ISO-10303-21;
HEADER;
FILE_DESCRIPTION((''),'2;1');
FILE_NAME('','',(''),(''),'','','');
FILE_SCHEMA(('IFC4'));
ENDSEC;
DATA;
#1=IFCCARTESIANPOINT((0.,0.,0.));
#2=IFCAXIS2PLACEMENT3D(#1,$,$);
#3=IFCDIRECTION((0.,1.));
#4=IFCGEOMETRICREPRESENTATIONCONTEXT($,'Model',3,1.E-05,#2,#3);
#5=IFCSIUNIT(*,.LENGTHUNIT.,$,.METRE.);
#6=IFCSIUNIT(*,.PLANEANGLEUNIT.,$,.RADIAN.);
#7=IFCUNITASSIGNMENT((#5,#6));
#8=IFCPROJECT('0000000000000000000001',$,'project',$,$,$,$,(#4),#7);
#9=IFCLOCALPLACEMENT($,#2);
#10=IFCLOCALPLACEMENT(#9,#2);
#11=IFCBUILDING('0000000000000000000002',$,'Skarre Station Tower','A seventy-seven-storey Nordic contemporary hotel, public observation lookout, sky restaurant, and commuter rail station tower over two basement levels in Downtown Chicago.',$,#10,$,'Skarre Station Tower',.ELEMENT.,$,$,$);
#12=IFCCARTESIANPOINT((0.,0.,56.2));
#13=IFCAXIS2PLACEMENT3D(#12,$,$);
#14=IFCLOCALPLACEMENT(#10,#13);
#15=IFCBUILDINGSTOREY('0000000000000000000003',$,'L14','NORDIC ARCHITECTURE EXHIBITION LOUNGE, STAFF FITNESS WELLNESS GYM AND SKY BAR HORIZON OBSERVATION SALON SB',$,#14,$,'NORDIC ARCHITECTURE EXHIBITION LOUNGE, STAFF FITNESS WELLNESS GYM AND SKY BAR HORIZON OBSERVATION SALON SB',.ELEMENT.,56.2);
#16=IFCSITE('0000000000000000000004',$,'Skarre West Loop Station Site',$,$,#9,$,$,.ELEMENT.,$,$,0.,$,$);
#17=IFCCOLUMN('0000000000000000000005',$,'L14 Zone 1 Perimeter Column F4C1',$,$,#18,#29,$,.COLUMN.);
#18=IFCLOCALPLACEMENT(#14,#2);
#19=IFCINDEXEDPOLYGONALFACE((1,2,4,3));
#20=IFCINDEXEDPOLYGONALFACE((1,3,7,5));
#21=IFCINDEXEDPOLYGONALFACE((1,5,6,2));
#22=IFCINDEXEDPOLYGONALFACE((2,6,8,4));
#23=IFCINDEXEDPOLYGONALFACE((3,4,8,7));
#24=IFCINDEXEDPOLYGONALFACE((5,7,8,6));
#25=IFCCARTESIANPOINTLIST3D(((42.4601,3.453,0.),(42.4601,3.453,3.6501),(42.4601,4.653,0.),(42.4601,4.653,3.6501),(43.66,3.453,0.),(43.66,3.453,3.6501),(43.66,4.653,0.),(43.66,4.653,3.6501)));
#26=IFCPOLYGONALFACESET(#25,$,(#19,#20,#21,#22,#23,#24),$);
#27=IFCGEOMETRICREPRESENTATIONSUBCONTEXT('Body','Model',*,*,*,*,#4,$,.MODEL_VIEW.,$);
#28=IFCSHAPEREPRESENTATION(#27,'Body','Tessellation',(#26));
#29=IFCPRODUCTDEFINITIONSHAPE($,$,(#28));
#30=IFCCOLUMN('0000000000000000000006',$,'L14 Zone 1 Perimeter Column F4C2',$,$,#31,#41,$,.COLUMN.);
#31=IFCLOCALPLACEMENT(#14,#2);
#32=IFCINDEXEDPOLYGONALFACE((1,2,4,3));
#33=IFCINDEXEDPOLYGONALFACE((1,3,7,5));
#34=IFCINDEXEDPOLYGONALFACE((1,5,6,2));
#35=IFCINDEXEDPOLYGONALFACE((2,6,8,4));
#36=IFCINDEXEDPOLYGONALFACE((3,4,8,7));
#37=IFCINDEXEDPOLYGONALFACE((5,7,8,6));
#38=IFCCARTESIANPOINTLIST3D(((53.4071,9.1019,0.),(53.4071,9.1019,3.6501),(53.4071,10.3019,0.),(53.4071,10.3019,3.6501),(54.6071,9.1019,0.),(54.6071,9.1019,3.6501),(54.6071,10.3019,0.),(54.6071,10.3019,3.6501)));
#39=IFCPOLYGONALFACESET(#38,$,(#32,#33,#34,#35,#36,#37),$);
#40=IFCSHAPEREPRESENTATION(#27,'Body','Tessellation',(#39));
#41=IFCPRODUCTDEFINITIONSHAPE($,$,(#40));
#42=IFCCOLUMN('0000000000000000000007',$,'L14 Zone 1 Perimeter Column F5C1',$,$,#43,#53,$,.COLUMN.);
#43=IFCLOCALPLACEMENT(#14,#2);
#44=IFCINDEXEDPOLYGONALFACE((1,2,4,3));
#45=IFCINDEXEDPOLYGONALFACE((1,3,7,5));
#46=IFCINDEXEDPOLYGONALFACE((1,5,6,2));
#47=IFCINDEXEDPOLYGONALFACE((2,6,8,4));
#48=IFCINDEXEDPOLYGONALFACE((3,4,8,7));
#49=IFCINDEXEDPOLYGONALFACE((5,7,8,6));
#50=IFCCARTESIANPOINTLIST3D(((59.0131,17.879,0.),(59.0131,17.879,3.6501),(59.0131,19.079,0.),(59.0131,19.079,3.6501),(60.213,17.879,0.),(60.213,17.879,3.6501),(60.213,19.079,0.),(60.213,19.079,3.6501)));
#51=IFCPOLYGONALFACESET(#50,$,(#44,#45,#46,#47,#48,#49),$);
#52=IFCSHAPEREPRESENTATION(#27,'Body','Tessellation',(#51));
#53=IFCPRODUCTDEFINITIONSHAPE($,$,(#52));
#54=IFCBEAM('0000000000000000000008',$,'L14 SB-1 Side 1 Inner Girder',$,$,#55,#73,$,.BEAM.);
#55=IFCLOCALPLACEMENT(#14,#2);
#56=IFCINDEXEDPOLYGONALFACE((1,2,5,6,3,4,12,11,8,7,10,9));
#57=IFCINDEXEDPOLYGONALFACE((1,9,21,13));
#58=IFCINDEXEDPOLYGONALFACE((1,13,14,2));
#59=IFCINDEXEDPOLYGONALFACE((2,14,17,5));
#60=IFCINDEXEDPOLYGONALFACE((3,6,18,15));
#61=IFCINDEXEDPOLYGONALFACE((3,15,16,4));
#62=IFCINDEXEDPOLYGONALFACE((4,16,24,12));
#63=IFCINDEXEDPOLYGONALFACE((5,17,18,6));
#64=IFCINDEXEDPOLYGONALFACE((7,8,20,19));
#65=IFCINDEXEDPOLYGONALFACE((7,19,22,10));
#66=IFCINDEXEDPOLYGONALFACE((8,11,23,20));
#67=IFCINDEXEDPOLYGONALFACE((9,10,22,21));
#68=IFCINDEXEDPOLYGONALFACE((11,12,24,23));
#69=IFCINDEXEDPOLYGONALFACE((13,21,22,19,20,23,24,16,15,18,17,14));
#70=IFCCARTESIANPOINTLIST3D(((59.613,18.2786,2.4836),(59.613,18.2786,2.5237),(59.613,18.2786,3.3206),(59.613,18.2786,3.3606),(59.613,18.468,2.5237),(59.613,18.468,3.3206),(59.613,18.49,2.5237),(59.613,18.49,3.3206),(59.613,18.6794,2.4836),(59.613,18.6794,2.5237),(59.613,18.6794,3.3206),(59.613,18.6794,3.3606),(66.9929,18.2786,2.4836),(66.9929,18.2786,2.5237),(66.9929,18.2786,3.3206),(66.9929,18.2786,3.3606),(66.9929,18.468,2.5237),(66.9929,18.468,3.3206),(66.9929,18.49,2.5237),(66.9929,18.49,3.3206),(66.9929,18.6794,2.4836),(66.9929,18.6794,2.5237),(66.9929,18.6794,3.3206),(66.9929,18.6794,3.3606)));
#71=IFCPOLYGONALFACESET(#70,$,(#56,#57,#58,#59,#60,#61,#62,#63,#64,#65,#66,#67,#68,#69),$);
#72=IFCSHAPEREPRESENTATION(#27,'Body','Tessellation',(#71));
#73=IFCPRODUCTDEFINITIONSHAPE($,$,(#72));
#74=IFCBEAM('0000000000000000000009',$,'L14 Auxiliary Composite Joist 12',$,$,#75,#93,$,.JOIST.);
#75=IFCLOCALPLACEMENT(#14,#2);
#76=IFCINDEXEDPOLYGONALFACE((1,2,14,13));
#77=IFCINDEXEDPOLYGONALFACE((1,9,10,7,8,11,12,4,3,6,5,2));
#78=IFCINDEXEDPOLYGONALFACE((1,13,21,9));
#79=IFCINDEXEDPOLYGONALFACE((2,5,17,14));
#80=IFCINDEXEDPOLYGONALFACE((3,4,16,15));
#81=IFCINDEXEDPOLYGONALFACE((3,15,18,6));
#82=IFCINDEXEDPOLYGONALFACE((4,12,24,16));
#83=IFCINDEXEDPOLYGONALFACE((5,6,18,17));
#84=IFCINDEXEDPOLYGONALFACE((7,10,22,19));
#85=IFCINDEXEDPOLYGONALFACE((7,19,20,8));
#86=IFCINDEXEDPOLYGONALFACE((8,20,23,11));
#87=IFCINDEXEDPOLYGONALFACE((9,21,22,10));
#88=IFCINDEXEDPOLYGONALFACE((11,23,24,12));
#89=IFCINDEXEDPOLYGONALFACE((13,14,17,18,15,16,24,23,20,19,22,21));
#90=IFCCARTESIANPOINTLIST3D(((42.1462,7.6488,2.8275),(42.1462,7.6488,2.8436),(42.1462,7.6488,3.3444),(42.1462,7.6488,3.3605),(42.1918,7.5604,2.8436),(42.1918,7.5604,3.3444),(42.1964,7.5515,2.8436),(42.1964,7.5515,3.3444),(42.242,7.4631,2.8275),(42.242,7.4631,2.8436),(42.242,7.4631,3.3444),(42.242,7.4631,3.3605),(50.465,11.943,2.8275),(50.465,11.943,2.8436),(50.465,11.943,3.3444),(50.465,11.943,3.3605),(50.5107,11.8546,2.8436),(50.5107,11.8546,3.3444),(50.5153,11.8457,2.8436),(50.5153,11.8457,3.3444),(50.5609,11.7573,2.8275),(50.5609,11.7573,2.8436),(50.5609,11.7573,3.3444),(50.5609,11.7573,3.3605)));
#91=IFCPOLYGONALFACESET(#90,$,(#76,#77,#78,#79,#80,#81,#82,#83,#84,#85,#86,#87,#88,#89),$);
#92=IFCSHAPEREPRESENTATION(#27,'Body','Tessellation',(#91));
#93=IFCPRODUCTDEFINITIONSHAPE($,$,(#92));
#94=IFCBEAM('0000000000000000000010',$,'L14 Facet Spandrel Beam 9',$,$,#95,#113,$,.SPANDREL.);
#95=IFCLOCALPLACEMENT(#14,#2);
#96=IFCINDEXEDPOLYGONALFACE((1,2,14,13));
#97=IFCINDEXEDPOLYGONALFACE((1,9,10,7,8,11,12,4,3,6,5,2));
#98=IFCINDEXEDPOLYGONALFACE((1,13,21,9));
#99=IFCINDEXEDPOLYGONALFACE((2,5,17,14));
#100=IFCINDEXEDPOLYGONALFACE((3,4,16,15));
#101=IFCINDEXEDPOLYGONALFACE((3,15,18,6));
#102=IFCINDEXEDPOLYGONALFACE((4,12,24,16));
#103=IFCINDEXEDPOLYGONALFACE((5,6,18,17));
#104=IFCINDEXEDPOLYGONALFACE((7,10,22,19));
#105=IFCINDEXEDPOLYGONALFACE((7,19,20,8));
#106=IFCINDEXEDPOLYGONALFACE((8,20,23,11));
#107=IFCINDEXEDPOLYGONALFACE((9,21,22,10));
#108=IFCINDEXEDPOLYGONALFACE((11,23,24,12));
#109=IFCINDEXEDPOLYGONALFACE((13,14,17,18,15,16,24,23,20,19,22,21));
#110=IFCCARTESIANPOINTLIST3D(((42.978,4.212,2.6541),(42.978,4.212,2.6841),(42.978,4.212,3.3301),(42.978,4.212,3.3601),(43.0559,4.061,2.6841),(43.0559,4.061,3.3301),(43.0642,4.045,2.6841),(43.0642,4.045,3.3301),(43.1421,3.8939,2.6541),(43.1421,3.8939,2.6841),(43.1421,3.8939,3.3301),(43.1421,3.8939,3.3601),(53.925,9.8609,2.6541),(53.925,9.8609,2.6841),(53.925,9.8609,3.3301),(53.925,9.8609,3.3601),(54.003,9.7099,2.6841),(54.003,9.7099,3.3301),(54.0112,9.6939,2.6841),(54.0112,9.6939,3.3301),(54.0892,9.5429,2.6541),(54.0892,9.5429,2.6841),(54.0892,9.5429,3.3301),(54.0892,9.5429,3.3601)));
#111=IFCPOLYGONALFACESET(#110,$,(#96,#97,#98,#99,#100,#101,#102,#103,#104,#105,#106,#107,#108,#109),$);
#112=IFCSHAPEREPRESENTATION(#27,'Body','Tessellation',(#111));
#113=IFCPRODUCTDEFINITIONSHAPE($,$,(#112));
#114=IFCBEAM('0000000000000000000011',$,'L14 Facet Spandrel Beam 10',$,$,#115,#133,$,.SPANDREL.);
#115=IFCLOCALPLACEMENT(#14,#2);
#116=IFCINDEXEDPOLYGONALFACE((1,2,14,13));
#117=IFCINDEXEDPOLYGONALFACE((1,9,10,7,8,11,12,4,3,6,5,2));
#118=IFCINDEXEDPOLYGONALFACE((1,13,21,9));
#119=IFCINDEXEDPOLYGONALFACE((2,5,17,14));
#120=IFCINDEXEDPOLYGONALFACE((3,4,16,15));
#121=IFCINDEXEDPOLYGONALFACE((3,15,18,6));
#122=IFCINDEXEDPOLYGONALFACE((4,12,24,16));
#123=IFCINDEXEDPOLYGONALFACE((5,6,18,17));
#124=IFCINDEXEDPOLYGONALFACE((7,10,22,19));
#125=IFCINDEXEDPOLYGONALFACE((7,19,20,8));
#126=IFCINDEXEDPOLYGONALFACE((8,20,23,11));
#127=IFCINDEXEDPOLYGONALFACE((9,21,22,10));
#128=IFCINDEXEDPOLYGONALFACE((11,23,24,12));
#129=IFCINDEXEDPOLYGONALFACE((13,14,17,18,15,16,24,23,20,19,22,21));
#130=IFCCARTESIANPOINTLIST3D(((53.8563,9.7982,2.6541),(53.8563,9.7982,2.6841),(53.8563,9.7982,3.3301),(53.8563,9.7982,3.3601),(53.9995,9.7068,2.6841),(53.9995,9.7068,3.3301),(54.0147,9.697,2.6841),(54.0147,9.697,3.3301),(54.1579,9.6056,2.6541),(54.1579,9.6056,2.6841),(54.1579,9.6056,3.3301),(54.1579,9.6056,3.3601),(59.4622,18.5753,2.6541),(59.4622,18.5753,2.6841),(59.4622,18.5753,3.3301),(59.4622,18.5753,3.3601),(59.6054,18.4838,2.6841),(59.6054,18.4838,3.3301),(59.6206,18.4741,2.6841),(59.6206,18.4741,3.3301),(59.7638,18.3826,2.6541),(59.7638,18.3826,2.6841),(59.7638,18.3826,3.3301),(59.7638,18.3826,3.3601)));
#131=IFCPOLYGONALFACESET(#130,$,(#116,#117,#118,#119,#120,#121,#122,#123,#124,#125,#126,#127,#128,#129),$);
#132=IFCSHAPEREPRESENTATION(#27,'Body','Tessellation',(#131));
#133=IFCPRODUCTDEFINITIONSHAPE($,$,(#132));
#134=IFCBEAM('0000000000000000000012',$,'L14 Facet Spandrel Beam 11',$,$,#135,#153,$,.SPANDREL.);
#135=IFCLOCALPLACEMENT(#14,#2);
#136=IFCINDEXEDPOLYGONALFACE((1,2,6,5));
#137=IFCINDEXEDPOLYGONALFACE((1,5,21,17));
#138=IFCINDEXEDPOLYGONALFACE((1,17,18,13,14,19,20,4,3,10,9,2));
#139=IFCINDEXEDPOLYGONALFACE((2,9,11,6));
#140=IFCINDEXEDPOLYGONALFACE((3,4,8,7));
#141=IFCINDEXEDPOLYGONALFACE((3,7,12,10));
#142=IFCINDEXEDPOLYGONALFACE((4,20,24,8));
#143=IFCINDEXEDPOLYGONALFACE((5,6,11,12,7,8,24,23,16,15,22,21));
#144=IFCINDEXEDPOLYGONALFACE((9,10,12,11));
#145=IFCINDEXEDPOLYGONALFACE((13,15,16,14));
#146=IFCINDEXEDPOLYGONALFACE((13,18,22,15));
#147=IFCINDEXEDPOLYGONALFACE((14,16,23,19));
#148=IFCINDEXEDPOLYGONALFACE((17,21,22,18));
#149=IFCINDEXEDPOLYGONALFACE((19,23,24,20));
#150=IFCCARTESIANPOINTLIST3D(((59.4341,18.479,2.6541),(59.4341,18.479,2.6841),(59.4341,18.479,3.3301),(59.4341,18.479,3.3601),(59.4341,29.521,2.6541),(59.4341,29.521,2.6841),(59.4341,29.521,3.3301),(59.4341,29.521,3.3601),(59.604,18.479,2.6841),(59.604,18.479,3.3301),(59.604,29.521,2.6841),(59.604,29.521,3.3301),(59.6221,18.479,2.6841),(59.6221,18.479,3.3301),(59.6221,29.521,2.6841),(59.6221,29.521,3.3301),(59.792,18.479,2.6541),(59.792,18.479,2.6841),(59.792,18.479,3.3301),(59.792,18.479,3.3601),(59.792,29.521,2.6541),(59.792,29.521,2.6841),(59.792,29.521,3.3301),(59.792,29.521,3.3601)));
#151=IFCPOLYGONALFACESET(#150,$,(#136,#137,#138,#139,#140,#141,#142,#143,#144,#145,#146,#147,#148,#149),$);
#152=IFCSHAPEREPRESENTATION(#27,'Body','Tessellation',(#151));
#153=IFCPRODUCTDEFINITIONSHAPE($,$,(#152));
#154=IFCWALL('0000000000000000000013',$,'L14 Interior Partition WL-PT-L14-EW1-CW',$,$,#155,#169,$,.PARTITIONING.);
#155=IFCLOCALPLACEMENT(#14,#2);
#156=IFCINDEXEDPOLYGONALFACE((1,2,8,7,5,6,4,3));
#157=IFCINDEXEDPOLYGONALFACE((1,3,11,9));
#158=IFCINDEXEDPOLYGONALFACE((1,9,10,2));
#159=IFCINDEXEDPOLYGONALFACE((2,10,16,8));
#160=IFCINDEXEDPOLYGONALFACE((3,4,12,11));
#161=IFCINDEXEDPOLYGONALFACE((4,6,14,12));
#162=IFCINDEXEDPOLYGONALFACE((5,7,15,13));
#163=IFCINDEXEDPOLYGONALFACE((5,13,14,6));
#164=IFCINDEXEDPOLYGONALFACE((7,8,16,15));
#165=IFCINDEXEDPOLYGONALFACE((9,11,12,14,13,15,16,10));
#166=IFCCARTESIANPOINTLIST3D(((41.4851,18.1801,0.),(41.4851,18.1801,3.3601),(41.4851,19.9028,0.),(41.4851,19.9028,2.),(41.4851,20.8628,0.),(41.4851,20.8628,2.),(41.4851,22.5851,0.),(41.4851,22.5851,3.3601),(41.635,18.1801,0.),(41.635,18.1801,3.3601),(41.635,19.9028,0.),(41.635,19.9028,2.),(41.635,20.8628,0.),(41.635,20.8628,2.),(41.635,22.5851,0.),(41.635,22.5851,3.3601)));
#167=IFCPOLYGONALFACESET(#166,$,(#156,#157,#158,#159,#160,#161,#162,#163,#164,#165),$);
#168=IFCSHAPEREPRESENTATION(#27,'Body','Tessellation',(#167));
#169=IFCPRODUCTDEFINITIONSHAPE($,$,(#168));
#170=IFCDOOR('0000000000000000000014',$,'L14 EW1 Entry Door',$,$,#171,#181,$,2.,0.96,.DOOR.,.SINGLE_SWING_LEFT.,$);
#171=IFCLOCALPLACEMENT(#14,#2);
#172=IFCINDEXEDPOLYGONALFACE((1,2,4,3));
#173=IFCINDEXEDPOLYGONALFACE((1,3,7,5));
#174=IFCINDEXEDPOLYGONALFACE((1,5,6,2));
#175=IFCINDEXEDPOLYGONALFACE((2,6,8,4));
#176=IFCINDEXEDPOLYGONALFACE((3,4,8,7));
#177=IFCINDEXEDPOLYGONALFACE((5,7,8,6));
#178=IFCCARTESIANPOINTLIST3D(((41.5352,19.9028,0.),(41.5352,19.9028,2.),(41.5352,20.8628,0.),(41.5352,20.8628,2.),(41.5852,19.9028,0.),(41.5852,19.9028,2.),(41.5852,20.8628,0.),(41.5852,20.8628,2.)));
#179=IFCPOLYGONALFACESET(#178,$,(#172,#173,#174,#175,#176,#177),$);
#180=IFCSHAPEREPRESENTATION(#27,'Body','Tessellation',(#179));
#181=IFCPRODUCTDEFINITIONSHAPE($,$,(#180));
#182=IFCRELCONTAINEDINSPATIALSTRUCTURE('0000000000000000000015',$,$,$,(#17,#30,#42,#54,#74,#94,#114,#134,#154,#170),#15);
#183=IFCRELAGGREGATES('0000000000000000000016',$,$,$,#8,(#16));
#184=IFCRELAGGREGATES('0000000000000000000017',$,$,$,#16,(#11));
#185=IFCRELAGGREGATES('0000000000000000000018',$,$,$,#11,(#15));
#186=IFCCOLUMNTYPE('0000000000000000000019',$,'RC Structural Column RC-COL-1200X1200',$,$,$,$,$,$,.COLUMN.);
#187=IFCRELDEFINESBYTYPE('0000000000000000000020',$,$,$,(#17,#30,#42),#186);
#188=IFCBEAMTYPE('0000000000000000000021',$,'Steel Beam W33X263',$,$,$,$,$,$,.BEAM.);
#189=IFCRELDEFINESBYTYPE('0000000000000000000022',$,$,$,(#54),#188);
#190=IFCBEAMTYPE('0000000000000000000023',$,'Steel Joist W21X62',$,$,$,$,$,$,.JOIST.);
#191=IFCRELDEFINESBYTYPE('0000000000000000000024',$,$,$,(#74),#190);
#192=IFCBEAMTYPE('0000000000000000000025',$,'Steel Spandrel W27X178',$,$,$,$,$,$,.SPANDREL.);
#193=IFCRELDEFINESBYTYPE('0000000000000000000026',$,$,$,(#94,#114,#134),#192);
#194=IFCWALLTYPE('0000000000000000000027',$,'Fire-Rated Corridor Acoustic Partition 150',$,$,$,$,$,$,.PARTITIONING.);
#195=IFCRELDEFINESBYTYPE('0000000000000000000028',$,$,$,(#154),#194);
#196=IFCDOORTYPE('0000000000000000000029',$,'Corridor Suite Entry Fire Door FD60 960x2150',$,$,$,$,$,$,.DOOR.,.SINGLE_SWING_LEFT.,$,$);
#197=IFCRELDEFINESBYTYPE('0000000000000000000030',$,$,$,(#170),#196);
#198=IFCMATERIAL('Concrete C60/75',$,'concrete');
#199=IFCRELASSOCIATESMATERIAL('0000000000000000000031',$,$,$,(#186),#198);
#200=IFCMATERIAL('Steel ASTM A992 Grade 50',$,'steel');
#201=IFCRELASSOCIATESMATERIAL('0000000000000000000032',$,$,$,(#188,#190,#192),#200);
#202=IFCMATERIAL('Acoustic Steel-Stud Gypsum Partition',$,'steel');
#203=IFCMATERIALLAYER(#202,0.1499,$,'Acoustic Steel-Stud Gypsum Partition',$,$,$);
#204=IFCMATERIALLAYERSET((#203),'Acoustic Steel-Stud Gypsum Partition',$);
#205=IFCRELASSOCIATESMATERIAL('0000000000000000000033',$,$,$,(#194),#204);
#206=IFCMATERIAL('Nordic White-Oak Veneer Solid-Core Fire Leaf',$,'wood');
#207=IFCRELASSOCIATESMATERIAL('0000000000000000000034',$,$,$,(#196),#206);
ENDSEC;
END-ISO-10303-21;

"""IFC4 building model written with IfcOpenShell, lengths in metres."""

from ifc_helpers import new_model, si_unit, direction, frame, frame_2d, origin, origin_2d, place, context, subcontext, project, spatial, rectangle, i_section, extrude, material, layer, layer_set, material_profile, profile_set, type_object, element, fill, save


model = new_model("IFC4")

# Units and contexts
model_context = context("Model", 3, precision=1e-05, world=origin(), true_north=direction((0.0, 1.0)))
body_context = subcontext(model_context, "Body", "Model", "MODEL_VIEW")
ifc_project = project(units=[si_unit("LENGTHUNIT", "METRE"), si_unit("PLANEANGLEUNIT", "RADIAN")], contexts=[model_context])

# Site, building, storey
site_placement = place(None, origin())
site = spatial("IfcSite", under=ifc_project, at=site_placement, Name="Skarre West Loop Station Site", CompositionType="ELEMENT", RefElevation=0.0)
building_placement = place(site_placement, origin())
building = spatial("IfcBuilding", under=site, at=building_placement, Name="Skarre Station Tower", Description="A seventy-seven-storey Nordic contemporary hotel, public observation lookout, sky restaurant, and commuter rail station tower over two basement levels in Downtown Chicago.", LongName="Skarre Station Tower", CompositionType="ELEMENT")
storey_placement = place(building_placement, frame((0.0, 0.0, 56.2)))
storey = spatial("IfcBuildingStorey", under=building, at=storey_placement, Name="L14", Description="NORDIC ARCHITECTURE EXHIBITION LOUNGE, STAFF FITNESS WELLNESS GYM AND SKY BAR HORIZON OBSERVATION SALON SB", LongName="NORDIC ARCHITECTURE EXHIBITION LOUNGE, STAFF FITNESS WELLNESS GYM AND SKY BAR HORIZON OBSERVATION SALON SB", CompositionType="ELEMENT", Elevation=56.2)

# Columns
ifc_material_1 = material(Name="Concrete C60/75", Category="concrete")
ifc_material_profile_1 = material_profile(ifc_material_1, rectangle(XDim=1.2, YDim=1.2, at=origin_2d()), Name="Concrete C60/75")
ifc_profile_set_1 = profile_set([ifc_material_profile_1], Name="Concrete C60/75")
column_type = type_object("IfcColumnType", Name="RC Structural Column RC-COL-1200X1200", PredefinedType="COLUMN", material=ifc_profile_set_1)
for number, where, z_axis, x_axis, name in (
    (1, (43.0601, 4.053, 0.0), (0.0, 0.0, 1.0), (1.0, 0.0, 0.0), "L14 Zone 1 Perimeter Column F4C1"),
    (2, (54.0071, 9.7019, 0.0), (0.0, 0.0, 1.0), (1.0, 0.0, 0.0), "L14 Zone 1 Perimeter Column F4C2"),
    (3, (59.613, 18.479, 0.0), (0.0, 0.0, 1.0), (1.0, 0.0, 0.0), "L14 Zone 1 Perimeter Column F5C1"),
):
    element("IfcColumn", number, at=place(storey_placement, frame(where, z_axis=z_axis, x_axis=x_axis)), inside=storey, type_object=column_type, Name=name, PredefinedType="COLUMN", context=body_context, shape_type="SweptSolid", body=[
        extrude(rectangle(XDim=1.2, YDim=1.2, at=origin_2d()), origin(), (0.0, 0.0, 1.0), 3.6501),
    ])

# Beams
ifc_material_2 = material(Name="Steel ASTM A992 Grade 50", Category="steel")
ifc_material_profile_2 = material_profile(ifc_material_2, i_section(OverallWidth=0.4009, OverallDepth=0.877, WebThickness=0.022, FlangeThickness=0.04, at=origin_2d()), Name="Steel ASTM A992 Grade 50")
ifc_profile_set_2 = profile_set([ifc_material_profile_2], Name="Steel ASTM A992 Grade 50")
beam_type_1 = type_object("IfcBeamType", Name="Steel Beam W33X263", PredefinedType="BEAM", material=ifc_profile_set_2)
beam_1_placement = place(storey_placement, frame((59.613, 18.479, 2.9221), z_axis=(1.0, 0.0, 0.0), x_axis=(0.0, 1.0, 0.0)))
element("IfcBeam", 4, at=beam_1_placement, inside=storey, type_object=beam_type_1, Name="L14 SB-1 Side 1 Inner Girder", PredefinedType="BEAM", context=body_context, shape_type="SweptSolid", body=[
    extrude(i_section(OverallWidth=0.4009, OverallDepth=0.877, WebThickness=0.022, FlangeThickness=0.04, at=origin_2d()), origin(), (0.0, 0.0, 1.0), 7.3799),
])
ifc_material_profile_3 = material_profile(ifc_material_2, i_section(OverallWidth=0.209, OverallDepth=0.533, WebThickness=0.01, FlangeThickness=0.0161, at=origin_2d()), Name="Steel ASTM A992 Grade 50")
ifc_profile_set_3 = profile_set([ifc_material_profile_3], Name="Steel ASTM A992 Grade 50")
beam_type_2 = type_object("IfcBeamType", Name="Steel Joist W21X62", PredefinedType="JOIST", material=ifc_profile_set_3)
beam_2_placement = place(storey_placement, frame((42.1941, 7.5559, 3.094), z_axis=(0.888595, 0.458693, 0.0), x_axis=(-0.458693, 0.888595, 0.0)))
element("IfcBeam", 5, at=beam_2_placement, inside=storey, type_object=beam_type_2, Name="L14 Auxiliary Composite Joist 12", PredefinedType="JOIST", context=body_context, shape_type="SweptSolid", body=[
    extrude(i_section(OverallWidth=0.209, OverallDepth=0.533, WebThickness=0.01, FlangeThickness=0.0161, at=origin_2d()), origin(), (0.0, 0.0, 1.0), 9.3618),
])
ifc_material_profile_4 = material_profile(ifc_material_2, i_section(OverallWidth=0.3579, OverallDepth=0.7061, WebThickness=0.0181, FlangeThickness=0.03, at=origin_2d()), Name="Steel ASTM A992 Grade 50")
ifc_profile_set_4 = profile_set([ifc_material_profile_4], Name="Steel ASTM A992 Grade 50")
beam_type_3 = type_object("IfcBeamType", Name="Steel Spandrel W27X178", PredefinedType="SPANDREL", material=ifc_profile_set_4)
beam_3_placement = place(storey_placement, frame((43.0601, 4.053, 3.0071), z_axis=(0.888659, 0.458569, 0.0), x_axis=(-0.458569, 0.888659, 0.0)))
element("IfcBeam", 6, at=beam_3_placement, inside=storey, type_object=beam_type_3, Name="L14 Facet Spandrel Beam 9", PredefinedType="SPANDREL", context=body_context, shape_type="SweptSolid", body=[
    extrude(i_section(OverallWidth=0.3579, OverallDepth=0.7061, WebThickness=0.0181, FlangeThickness=0.03, at=origin_2d()), origin(), (0.0, 0.0, 1.0), 12.3186),
])
beam_4_placement = place(storey_placement, frame((54.0071, 9.7019, 3.0071), z_axis=(0.538278, 0.842767, 0.0), x_axis=(-0.842767, 0.538278, 0.0)))
element("IfcBeam", 7, at=beam_4_placement, inside=storey, type_object=beam_type_3, Name="L14 Facet Spandrel Beam 10", PredefinedType="SPANDREL", context=body_context, shape_type="SweptSolid", body=[
    extrude(i_section(OverallWidth=0.3579, OverallDepth=0.7061, WebThickness=0.0181, FlangeThickness=0.03, at=origin_2d()), origin(), (0.0, 0.0, 1.0), 10.4146),
])
beam_5_placement = place(storey_placement, frame((59.613, 18.479, 3.0071), z_axis=(0.0, 1.0, 0.0), x_axis=(-1.0, 0.0, 0.0)))
element("IfcBeam", 8, at=beam_5_placement, inside=storey, type_object=beam_type_3, Name="L14 Facet Spandrel Beam 11", PredefinedType="SPANDREL", context=body_context, shape_type="SweptSolid", body=[
    extrude(i_section(OverallWidth=0.3579, OverallDepth=0.7061, WebThickness=0.0181, FlangeThickness=0.03, at=origin_2d()), origin(), (0.0, 0.0, 1.0), 11.042),
])

# Wall, opening, door
ifc_material_3 = material(Name="Acoustic Steel-Stud Gypsum Partition", Category="steel")
ifc_layer_1 = layer(ifc_material_3, 0.1499, Name="Acoustic Steel-Stud Gypsum Partition")
ifc_layer_set_1 = layer_set([ifc_layer_1], Name="Acoustic Steel-Stud Gypsum Partition")
wall_type_1 = type_object("IfcWallType", Name="Fire-Rated Corridor Acoustic Partition 150", PredefinedType="PARTITIONING", material=ifc_layer_set_1)
wall_1_placement = place(storey_placement, frame((41.5601, 18.1799, 0.0), z_axis=(0.0, 0.0, 1.0), x_axis=(0.0, 1.0, 0.0)))
wall_1 = element("IfcWall", 9, at=wall_1_placement, inside=storey, type_object=wall_type_1, Name="L14 Interior Partition WL-PT-L14-EW1-CW", PredefinedType="PARTITIONING", context=body_context, shape_type="SweptSolid", body=[
    extrude(rectangle(XDim=4.405, YDim=0.1499, at=frame_2d((2.2026, 0.0))), origin(), (0.0, 0.0, 1.0), 3.3601),
])
opening_1_placement = place(wall_1_placement, frame((1.7229, 0.0, 0.0)))
opening_1 = element("IfcOpeningElement", 10, at=opening_1_placement, cuts=wall_1, PredefinedType="OPENING", context=body_context, shape_type="SweptSolid", body=[
    extrude(rectangle(XDim=0.96, YDim=2.0, at=frame_2d((0.48, 1.0))), frame((0.0, 0.085, 0.0), z_axis=(0.0, -1.0, 0.0), x_axis=(1.0, 0.0, 0.0)), (0.0, 0.0, 1.0), 0.1699),
])
ifc_material_4 = material(Name="Nordic White-Oak Veneer Solid-Core Fire Leaf", Category="wood")
door_type = type_object("IfcDoorType", Name="Corridor Suite Entry Fire Door FD60 960x2150", OperationType="SINGLE_SWING_LEFT", PredefinedType="DOOR", material=ifc_material_4)
door_1_placement = place(opening_1_placement, origin())
door_1 = element("IfcDoor", 11, at=door_1_placement, inside=storey, type_object=door_type, Name="L14 EW1 Entry Door", OperationType="SINGLE_SWING_LEFT", OverallHeight=2.0, OverallWidth=0.96, PredefinedType="DOOR", context=body_context, shape_type="SweptSolid", body=[
    extrude(rectangle(XDim=0.96, YDim=2.0, at=frame_2d((0.48, 1.0))), frame((0.0, 0.0249, 0.0), z_axis=(0.0, -1.0, 0.0), x_axis=(1.0, 0.0, 0.0)), (0.0, 0.0, 1.0), 0.05),
])
fill(opening_1, door_1)

save(model, "model.ifc")
